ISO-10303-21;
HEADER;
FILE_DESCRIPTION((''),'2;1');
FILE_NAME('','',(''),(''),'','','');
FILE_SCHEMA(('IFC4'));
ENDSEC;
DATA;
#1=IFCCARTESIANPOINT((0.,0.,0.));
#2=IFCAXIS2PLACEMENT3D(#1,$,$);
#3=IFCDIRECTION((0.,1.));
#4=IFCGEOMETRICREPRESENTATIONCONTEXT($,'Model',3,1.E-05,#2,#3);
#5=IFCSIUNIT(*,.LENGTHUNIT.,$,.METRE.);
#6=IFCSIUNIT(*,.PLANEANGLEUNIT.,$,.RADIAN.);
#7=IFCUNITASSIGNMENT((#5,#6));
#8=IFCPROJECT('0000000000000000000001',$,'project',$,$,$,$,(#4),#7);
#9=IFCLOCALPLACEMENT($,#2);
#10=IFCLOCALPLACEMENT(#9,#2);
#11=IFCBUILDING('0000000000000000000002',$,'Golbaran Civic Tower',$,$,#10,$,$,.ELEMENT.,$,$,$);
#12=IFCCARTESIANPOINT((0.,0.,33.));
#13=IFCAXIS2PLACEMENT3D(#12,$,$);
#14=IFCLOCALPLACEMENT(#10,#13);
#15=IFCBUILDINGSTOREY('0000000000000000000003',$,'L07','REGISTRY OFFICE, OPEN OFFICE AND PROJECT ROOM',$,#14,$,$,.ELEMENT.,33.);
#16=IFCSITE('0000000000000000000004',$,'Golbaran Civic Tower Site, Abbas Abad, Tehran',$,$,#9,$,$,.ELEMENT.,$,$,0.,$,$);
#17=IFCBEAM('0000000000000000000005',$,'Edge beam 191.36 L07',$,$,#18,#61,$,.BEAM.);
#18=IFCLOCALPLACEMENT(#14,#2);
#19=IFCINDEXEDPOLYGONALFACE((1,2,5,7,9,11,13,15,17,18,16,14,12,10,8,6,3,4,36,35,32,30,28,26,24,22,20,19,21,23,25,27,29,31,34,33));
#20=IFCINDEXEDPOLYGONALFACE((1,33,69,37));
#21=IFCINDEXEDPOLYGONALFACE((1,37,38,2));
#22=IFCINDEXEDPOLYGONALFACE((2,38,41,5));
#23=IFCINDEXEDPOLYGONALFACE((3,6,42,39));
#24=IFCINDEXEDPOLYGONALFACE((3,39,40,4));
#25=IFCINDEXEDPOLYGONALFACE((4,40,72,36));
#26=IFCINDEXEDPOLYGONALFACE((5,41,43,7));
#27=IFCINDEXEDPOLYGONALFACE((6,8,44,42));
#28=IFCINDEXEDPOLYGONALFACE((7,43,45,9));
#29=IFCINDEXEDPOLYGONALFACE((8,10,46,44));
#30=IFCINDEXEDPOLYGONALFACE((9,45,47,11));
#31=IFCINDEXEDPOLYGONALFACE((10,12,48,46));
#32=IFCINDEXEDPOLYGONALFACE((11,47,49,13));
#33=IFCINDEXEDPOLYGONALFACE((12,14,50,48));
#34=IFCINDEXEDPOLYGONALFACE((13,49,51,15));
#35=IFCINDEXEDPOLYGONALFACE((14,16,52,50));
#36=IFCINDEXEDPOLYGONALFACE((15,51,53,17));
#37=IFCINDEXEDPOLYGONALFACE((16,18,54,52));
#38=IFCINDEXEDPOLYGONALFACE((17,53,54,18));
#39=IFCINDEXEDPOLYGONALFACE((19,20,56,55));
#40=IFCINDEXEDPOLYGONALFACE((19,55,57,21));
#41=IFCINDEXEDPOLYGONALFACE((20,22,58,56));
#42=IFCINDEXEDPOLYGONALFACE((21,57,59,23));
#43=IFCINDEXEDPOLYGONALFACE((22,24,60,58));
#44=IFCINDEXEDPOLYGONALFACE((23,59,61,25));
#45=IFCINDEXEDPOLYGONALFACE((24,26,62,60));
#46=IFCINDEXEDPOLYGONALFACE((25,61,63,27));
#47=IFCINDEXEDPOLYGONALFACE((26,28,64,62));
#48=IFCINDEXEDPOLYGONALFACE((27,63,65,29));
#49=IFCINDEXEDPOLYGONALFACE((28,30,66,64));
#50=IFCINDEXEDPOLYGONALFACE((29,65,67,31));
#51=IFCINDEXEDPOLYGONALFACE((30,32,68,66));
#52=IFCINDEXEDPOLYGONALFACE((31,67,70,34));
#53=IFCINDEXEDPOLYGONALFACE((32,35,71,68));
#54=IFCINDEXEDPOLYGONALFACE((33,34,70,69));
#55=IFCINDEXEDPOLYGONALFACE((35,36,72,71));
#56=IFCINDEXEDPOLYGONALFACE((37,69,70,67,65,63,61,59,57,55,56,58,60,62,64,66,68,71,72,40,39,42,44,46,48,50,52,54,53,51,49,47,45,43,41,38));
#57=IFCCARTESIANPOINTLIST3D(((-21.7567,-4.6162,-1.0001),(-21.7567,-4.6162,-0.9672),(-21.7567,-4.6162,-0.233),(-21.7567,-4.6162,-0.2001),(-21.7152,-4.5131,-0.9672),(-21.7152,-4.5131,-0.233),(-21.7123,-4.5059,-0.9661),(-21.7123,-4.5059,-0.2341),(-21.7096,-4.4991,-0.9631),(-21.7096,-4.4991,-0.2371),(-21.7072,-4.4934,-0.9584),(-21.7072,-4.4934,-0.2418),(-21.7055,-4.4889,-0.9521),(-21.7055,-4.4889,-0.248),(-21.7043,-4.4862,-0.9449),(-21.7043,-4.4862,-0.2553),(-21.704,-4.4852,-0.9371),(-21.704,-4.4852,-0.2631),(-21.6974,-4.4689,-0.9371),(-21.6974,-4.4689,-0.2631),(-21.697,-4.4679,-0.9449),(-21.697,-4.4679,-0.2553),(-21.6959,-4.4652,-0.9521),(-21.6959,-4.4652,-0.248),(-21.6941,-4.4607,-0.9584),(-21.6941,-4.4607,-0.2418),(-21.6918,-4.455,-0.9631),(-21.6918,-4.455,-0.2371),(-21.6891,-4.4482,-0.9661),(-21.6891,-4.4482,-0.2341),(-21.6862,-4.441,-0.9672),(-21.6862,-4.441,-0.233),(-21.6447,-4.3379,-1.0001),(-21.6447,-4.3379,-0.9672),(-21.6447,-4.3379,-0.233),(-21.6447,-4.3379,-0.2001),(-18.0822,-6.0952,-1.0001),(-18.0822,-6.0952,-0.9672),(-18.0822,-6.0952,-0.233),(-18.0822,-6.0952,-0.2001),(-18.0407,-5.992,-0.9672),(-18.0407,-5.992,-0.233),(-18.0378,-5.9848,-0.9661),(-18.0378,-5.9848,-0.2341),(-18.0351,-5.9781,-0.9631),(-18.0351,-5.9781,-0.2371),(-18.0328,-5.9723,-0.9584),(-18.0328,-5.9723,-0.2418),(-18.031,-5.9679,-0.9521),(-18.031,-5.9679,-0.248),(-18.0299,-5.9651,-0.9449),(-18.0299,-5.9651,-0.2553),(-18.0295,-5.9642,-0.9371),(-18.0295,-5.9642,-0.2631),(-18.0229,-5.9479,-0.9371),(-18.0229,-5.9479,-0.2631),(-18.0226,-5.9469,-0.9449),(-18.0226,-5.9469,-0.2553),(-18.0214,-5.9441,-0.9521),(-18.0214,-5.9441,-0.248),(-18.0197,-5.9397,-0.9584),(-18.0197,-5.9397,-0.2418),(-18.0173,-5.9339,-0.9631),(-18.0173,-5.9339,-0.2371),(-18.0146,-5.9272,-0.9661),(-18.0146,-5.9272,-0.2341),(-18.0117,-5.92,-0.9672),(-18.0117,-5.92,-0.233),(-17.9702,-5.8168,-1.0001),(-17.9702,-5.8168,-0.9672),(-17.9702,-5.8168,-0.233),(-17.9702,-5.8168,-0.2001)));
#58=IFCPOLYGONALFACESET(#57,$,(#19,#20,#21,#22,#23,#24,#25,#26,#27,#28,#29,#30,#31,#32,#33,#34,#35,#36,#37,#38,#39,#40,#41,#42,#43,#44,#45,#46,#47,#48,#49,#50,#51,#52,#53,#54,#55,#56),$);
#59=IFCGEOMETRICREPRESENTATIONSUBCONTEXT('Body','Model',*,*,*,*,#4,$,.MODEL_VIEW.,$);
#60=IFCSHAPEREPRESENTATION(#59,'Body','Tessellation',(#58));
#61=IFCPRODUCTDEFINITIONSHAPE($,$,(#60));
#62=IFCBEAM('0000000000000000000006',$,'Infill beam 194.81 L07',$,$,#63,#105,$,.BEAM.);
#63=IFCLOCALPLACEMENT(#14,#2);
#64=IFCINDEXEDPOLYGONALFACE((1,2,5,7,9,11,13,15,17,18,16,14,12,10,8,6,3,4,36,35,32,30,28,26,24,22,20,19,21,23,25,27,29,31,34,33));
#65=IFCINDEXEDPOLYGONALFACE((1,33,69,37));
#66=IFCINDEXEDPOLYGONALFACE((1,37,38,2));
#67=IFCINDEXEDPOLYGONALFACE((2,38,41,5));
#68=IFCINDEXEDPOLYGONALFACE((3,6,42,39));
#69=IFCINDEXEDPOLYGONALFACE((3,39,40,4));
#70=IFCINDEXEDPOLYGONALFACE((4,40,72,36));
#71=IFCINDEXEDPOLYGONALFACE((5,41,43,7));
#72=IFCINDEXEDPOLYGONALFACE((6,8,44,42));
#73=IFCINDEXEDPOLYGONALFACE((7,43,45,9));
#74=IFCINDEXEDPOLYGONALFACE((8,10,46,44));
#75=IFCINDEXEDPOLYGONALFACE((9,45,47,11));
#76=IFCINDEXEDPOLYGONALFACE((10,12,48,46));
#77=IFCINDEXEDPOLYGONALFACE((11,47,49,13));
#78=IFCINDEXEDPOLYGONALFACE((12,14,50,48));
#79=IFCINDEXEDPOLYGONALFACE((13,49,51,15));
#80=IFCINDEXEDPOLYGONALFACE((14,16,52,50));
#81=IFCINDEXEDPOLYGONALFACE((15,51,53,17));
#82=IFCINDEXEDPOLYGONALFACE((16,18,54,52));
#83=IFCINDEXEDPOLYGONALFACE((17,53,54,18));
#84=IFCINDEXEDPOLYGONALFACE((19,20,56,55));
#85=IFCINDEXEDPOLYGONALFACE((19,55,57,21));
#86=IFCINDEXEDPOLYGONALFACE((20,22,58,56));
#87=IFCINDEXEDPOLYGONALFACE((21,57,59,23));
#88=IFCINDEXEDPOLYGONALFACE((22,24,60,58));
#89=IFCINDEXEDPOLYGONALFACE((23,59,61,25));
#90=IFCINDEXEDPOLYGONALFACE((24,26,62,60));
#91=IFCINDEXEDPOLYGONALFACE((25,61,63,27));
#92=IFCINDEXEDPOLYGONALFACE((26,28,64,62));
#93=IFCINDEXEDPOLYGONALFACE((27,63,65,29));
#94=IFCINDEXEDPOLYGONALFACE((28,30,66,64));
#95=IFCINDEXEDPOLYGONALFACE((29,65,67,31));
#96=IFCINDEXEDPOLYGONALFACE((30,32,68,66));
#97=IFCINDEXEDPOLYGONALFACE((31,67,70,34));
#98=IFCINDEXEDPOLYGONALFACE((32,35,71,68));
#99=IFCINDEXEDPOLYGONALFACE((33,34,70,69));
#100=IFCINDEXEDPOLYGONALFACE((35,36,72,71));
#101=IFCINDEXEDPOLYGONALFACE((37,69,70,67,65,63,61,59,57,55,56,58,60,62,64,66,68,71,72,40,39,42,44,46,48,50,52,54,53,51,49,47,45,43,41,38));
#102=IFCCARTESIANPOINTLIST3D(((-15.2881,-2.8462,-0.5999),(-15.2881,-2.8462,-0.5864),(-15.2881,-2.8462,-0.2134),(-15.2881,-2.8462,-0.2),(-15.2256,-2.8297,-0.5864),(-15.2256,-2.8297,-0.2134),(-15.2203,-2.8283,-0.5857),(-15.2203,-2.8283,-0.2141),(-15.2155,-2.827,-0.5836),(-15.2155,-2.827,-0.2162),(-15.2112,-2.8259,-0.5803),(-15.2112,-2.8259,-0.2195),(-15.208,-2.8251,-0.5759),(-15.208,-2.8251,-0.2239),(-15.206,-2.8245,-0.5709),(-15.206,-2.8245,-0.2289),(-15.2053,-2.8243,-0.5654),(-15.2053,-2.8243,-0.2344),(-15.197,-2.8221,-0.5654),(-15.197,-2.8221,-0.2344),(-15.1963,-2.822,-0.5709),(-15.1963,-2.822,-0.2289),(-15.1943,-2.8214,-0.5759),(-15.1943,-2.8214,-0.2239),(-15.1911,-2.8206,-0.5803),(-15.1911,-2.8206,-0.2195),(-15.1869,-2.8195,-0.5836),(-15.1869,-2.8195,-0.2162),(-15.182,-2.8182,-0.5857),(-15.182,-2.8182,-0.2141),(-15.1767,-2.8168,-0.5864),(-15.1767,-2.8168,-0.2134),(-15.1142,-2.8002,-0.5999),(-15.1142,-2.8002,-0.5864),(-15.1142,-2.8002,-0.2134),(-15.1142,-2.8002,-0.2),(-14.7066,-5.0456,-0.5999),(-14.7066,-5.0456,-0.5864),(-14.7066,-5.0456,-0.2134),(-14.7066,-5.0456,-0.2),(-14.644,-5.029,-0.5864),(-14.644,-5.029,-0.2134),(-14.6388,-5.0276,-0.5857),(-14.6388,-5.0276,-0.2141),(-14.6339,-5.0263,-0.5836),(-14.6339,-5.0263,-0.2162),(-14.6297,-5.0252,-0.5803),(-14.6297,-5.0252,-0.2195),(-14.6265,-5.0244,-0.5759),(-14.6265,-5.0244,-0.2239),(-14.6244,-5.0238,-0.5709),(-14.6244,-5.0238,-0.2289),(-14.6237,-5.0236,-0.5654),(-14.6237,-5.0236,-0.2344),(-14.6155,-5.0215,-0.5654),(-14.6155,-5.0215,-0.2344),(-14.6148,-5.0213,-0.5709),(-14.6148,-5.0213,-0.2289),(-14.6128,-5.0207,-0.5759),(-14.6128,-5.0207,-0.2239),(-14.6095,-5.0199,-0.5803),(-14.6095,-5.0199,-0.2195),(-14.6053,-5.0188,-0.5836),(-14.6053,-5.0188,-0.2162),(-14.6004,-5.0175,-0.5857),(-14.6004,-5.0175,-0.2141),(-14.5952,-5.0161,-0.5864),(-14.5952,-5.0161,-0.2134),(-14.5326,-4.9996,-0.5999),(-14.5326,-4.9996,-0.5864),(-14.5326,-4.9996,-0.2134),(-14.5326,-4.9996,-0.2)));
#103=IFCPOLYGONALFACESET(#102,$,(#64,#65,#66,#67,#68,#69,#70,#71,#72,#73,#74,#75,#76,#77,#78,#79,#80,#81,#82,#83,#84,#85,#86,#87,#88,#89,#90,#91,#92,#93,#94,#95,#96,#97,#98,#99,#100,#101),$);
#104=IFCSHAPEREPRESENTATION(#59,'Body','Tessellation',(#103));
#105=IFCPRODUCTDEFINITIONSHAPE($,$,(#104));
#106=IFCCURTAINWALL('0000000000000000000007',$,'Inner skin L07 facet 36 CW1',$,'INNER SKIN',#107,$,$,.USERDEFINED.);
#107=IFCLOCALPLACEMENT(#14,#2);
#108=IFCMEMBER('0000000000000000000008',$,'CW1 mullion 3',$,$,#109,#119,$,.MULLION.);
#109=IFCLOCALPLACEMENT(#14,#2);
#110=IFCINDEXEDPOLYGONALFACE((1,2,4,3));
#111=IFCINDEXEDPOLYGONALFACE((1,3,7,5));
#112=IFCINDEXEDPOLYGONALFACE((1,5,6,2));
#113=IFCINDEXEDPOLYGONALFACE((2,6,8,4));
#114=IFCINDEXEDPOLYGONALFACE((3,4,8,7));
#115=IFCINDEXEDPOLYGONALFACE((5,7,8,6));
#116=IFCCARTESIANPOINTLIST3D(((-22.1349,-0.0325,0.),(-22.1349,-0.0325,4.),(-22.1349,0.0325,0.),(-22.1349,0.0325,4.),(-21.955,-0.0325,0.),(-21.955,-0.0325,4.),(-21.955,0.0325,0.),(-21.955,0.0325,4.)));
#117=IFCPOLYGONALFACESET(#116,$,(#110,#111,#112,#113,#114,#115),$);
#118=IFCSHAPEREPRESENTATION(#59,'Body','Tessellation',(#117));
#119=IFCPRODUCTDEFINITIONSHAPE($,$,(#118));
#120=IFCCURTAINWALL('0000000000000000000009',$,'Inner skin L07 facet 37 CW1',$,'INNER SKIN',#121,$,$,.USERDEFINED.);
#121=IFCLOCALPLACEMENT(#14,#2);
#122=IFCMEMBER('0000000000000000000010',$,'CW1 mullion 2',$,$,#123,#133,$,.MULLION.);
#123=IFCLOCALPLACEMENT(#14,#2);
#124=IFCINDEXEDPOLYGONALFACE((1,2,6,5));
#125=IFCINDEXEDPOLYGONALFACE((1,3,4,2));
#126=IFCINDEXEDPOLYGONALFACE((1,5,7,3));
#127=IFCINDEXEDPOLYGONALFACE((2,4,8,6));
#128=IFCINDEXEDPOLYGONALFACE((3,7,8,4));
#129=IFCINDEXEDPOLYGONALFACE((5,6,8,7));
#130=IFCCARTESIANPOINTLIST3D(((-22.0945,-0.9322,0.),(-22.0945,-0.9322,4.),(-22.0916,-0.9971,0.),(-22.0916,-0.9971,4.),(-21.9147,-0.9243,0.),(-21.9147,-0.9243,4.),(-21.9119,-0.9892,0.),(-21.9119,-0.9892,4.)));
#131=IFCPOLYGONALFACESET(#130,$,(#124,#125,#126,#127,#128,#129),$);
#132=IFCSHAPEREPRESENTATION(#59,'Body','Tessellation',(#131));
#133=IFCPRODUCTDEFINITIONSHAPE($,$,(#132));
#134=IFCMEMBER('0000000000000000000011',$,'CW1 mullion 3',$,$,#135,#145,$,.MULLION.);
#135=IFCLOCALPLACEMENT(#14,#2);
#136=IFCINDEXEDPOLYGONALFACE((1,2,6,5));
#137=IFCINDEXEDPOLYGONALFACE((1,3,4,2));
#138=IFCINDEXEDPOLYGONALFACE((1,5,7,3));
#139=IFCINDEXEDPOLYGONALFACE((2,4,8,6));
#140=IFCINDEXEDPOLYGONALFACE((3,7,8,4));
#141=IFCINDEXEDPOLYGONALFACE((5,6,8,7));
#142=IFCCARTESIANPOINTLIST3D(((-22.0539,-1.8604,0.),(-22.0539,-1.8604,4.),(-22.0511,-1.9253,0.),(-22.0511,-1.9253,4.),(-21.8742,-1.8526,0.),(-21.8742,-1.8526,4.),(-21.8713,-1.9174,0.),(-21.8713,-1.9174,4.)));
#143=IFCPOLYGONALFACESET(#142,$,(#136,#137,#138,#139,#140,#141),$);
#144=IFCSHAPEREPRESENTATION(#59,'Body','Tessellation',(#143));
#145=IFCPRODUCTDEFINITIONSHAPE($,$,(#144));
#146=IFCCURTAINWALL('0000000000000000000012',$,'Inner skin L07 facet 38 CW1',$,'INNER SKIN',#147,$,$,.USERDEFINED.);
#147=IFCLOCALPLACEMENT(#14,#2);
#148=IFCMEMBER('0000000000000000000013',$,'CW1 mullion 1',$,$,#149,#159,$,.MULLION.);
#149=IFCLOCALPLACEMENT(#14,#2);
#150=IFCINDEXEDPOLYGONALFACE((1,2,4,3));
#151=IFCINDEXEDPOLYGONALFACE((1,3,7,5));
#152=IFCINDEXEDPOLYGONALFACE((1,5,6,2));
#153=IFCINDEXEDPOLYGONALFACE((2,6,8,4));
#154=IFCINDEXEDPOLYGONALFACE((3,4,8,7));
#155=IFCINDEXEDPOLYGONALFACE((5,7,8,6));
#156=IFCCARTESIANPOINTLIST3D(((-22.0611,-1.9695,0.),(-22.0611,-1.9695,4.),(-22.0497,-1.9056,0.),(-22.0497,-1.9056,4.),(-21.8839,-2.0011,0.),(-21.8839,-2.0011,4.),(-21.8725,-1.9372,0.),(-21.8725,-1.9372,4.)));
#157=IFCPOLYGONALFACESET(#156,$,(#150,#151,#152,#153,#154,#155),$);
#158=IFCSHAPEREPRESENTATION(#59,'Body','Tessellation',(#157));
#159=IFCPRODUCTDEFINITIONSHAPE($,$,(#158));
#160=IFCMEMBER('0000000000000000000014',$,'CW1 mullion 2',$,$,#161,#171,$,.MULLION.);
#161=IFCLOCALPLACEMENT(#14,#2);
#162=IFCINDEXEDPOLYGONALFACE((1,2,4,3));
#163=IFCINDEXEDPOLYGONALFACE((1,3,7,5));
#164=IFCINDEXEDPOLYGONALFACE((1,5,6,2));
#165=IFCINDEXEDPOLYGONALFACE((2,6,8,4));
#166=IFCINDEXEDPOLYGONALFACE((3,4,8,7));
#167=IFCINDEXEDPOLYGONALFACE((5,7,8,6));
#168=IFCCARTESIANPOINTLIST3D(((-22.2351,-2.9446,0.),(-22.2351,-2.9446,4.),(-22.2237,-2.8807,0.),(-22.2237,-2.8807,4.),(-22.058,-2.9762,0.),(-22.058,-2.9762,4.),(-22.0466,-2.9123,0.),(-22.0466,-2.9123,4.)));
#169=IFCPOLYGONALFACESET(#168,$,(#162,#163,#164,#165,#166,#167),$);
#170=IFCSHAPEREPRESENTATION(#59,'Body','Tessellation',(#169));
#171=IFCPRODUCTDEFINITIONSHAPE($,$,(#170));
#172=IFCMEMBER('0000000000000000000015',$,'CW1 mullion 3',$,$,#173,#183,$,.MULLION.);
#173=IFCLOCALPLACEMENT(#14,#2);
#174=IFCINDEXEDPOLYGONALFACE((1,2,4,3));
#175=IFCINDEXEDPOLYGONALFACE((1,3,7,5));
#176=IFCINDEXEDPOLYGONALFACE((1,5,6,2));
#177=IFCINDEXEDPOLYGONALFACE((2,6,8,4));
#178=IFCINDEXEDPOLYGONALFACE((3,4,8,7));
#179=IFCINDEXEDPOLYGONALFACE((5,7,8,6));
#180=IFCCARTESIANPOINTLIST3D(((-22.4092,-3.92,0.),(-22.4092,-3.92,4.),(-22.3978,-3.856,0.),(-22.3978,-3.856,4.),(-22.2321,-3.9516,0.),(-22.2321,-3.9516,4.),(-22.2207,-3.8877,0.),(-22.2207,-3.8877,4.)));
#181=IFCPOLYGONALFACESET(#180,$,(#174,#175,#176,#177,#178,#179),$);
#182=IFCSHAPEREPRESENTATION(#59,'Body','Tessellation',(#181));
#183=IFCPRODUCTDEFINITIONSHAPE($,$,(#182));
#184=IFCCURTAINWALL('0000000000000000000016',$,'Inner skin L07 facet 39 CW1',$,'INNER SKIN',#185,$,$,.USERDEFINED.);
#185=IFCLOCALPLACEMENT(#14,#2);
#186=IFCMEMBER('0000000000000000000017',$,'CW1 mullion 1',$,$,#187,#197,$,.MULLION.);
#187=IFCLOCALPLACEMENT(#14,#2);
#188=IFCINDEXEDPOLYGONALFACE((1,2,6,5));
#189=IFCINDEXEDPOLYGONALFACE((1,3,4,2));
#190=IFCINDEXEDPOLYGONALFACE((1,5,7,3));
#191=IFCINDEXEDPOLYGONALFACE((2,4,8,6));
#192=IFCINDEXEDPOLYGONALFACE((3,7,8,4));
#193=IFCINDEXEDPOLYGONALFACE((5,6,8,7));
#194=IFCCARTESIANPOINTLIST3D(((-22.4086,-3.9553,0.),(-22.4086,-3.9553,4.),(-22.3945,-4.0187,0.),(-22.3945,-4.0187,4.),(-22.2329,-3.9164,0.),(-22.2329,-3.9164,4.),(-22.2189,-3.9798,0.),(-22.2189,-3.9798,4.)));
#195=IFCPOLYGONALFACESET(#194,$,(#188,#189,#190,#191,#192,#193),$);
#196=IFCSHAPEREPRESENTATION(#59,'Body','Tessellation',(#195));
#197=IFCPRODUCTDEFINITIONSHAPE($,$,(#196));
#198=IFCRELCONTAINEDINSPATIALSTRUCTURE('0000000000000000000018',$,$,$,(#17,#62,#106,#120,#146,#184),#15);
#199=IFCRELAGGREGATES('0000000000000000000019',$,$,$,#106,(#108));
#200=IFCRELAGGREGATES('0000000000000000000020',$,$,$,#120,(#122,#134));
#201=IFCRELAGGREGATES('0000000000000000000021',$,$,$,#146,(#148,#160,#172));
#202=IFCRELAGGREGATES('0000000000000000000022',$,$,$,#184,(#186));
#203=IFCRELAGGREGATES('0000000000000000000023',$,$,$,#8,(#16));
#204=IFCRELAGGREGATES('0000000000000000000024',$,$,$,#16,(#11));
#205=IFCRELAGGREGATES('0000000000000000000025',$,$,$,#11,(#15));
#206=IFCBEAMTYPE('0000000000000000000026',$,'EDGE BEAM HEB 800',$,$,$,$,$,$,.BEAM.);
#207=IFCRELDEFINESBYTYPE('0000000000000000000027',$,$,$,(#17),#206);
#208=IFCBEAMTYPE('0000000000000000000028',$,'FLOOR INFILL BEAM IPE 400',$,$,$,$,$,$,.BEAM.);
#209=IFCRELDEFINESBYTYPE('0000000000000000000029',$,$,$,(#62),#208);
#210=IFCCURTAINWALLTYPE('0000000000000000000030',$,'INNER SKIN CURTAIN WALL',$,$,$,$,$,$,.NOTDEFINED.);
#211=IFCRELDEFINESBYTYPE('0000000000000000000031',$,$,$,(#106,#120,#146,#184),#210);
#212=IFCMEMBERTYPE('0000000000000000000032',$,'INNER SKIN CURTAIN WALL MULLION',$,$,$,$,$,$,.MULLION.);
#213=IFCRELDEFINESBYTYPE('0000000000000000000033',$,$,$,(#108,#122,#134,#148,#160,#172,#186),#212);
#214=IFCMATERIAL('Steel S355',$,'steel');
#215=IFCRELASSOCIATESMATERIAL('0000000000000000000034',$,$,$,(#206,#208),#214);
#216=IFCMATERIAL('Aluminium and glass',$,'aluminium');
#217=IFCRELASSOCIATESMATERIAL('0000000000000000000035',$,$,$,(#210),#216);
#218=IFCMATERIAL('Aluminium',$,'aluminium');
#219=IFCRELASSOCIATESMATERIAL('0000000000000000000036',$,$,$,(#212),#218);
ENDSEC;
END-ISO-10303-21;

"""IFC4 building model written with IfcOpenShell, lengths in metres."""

from ifc_helpers import new_model, si_unit, direction, frame, origin, origin_2d, place, context, subcontext, project, spatial, rectangle, i_section, extrude, material, material_profile, profile_set, type_object, element, aggregate, save


model = new_model("IFC4")

# Units and contexts
model_context = context("Model", 3, precision=1e-05, world=origin(), true_north=direction((0.0, 1.0)))
body_context = subcontext(model_context, "Body", "Model", "MODEL_VIEW")
ifc_project = project(units=[si_unit("LENGTHUNIT", "METRE"), si_unit("PLANEANGLEUNIT", "RADIAN")], contexts=[model_context])

# Site, building, storey
site_placement = place(None, origin())
site = spatial("IfcSite", under=ifc_project, at=site_placement, Name="Golbaran Civic Tower Site, Abbas Abad, Tehran", CompositionType="ELEMENT", RefElevation=0.0)
building_placement = place(site_placement, origin())
building = spatial("IfcBuilding", under=site, at=building_placement, Name="Golbaran Civic Tower", CompositionType="ELEMENT")
storey_placement = place(building_placement, frame((0.0, 0.0, 33.0)))
storey = spatial("IfcBuildingStorey", under=building, at=storey_placement, Name="L07", Description="REGISTRY OFFICE, OPEN OFFICE AND PROJECT ROOM", CompositionType="ELEMENT", Elevation=33.0)

# Beams
ifc_material_1 = material(Name="Steel S355", Category="steel")
ifc_material_profile_1 = material_profile(ifc_material_1, i_section(OverallWidth=0.3, OverallDepth=0.8, WebThickness=0.0176, FlangeThickness=0.033, FilletRadius=0.03, at=origin_2d()), Name="HEB 800")
ifc_profile_set_1 = profile_set([ifc_material_profile_1], Name="Steel S355")
beam_type_1 = type_object("IfcBeamType", Name="EDGE BEAM HEB 800", PredefinedType="BEAM", material=ifc_profile_set_1)
beam_1_placement = place(storey_placement, frame((-21.7007, -4.4771, -0.6001), z_axis=(0.927675, -0.373388, 0.0), x_axis=(0.373388, 0.927675, 0.0)))
element("IfcBeam", 1, at=beam_1_placement, inside=storey, type_object=beam_type_1, Name="Edge beam 191.36 L07", PredefinedType="BEAM", context=body_context, shape_type="SweptSolid", body=[
    extrude(i_section(OverallWidth=0.3, OverallDepth=0.8, WebThickness=0.0176, FlangeThickness=0.033, FilletRadius=0.03, at=origin_2d()), origin(), (0.0, 0.0, 1.0), 3.9609),
])
ifc_material_profile_2 = material_profile(ifc_material_1, i_section(OverallWidth=0.1799, OverallDepth=0.3999, WebThickness=0.0085, FlangeThickness=0.0134, FilletRadius=0.021, at=origin_2d()), Name="IPE 400")
ifc_profile_set_2 = profile_set([ifc_material_profile_2], Name="Steel S355")
beam_type_2 = type_object("IfcBeamType", Name="FLOOR INFILL BEAM IPE 400", PredefinedType="BEAM", material=ifc_profile_set_2)
beam_2_placement = place(storey_placement, frame((-15.2012, -2.8232, -0.3999), z_axis=(0.255645, -0.966771, 0.0), x_axis=(0.966771, 0.255645, 0.0)))
element("IfcBeam", 2, at=beam_2_placement, inside=storey, type_object=beam_type_2, Name="Infill beam 194.81 L07", PredefinedType="BEAM", context=body_context, shape_type="SweptSolid", body=[
    extrude(i_section(OverallWidth=0.1799, OverallDepth=0.3999, WebThickness=0.0085, FlangeThickness=0.0134, FilletRadius=0.021, at=origin_2d()), origin(), (0.0, 0.0, 1.0), 2.2749),
])

# Curtain wall, member
ifc_material_2 = material(Name="Aluminium and glass", Category="aluminium")
curtain_wall_type = type_object("IfcCurtainWallType", Name="INNER SKIN CURTAIN WALL", PredefinedType="NOTDEFINED", material=ifc_material_2)
curtain_wall_1_placement = place(storey_placement, origin())
curtain_wall_1 = element("IfcCurtainWall", 3, at=curtain_wall_1_placement, inside=storey, type_object=curtain_wall_type, Name="Inner skin L07 facet 36 CW1", ObjectType="INNER SKIN", PredefinedType="USERDEFINED")
ifc_material_3 = material(Name="Aluminium", Category="aluminium")
ifc_material_profile_3 = material_profile(ifc_material_3, rectangle(XDim=0.1799, YDim=0.0649, at=origin_2d()), Name="INNER SKIN CURTAIN WALL MULLION")
ifc_profile_set_3 = profile_set([ifc_material_profile_3], Name="Aluminium")
member_type_1 = type_object("IfcMemberType", Name="INNER SKIN CURTAIN WALL MULLION", PredefinedType="MULLION", material=ifc_profile_set_3)
member_1_placement = place(storey_placement, frame((-22.0449, 0.0, 0.0), z_axis=(0.0, 0.0, 1.0), x_axis=(1.0, 0.0, 0.0)))
member_1 = element("IfcMember", 4, at=member_1_placement, type_object=member_type_1, Name="CW1 mullion 3", PredefinedType="MULLION", context=body_context, shape_type="SweptSolid", body=[
    extrude(rectangle(XDim=0.1799, YDim=0.0649, at=origin_2d()), origin(), (0.0, 0.0, 1.0), 4.0),
])
aggregate(curtain_wall_1, [member_1])

# Curtain walls, members
curtain_wall_2_placement = place(storey_placement, origin())
curtain_wall_2 = element("IfcCurtainWall", 5, at=curtain_wall_2_placement, inside=storey, type_object=curtain_wall_type, Name="Inner skin L07 facet 37 CW1", ObjectType="INNER SKIN", PredefinedType="USERDEFINED")
member_2_placement = place(storey_placement, frame((-22.0032, -0.9607, 0.0), z_axis=(0.0, 0.0, 1.0), x_axis=(0.999048, 0.043619, 0.0)))
member_2 = element("IfcMember", 6, at=member_2_placement, type_object=member_type_1, Name="CW1 mullion 2", PredefinedType="MULLION", context=body_context, shape_type="SweptSolid", body=[
    extrude(rectangle(XDim=0.1799, YDim=0.0649, at=origin_2d()), origin(), (0.0, 0.0, 1.0), 4.0),
])
member_3_placement = place(storey_placement, frame((-21.9626, -1.8889, 0.0), z_axis=(0.0, 0.0, 1.0), x_axis=(0.999048, 0.043619, 0.0)))
member_3 = element("IfcMember", 7, at=member_3_placement, type_object=member_type_1, Name="CW1 mullion 3", PredefinedType="MULLION", context=body_context, shape_type="SweptSolid", body=[
    extrude(rectangle(XDim=0.1799, YDim=0.0649, at=origin_2d()), origin(), (0.0, 0.0, 1.0), 4.0),
])
curtain_wall_3_placement = place(storey_placement, origin())
curtain_wall_3 = element("IfcCurtainWall", 8, at=curtain_wall_3_placement, inside=storey, type_object=curtain_wall_type, Name="Inner skin L07 facet 38 CW1", ObjectType="INNER SKIN", PredefinedType="USERDEFINED")
member_4_placement = place(storey_placement, frame((-21.9668, -1.9534, 0.0), z_axis=(0.0, 0.0, 1.0), x_axis=(0.984441, -0.175717, 0.0)))
member_4 = element("IfcMember", 9, at=member_4_placement, type_object=member_type_1, Name="CW1 mullion 1", PredefinedType="MULLION", context=body_context, shape_type="SweptSolid", body=[
    extrude(rectangle(XDim=0.1799, YDim=0.0649, at=origin_2d()), origin(), (0.0, 0.0, 1.0), 4.0),
])
member_5_placement = place(storey_placement, frame((-22.1409, -2.9285, 0.0), z_axis=(0.0, 0.0, 1.0), x_axis=(0.984441, -0.175717, 0.0)))
member_5 = element("IfcMember", 10, at=member_5_placement, type_object=member_type_1, Name="CW1 mullion 2", PredefinedType="MULLION", context=body_context, shape_type="SweptSolid", body=[
    extrude(rectangle(XDim=0.1799, YDim=0.0649, at=origin_2d()), origin(), (0.0, 0.0, 1.0), 4.0),
])
member_6_placement = place(storey_placement, frame((-22.3149, -3.9038, 0.0), z_axis=(0.0, 0.0, 1.0), x_axis=(0.984441, -0.175717, 0.0)))
member_6 = element("IfcMember", 11, at=member_6_placement, type_object=member_type_1, Name="CW1 mullion 3", PredefinedType="MULLION", context=body_context, shape_type="SweptSolid", body=[
    extrude(rectangle(XDim=0.1799, YDim=0.0649, at=origin_2d()), origin(), (0.0, 0.0, 1.0), 4.0),
])
curtain_wall_4_placement = place(storey_placement, origin())
curtain_wall_4 = element("IfcCurtainWall", 12, at=curtain_wall_4_placement, inside=storey, type_object=curtain_wall_type, Name="Inner skin L07 facet 39 CW1", ObjectType="INNER SKIN", PredefinedType="USERDEFINED")
member_7_placement = place(storey_placement, frame((-22.3137, -3.9675, 0.0), z_axis=(0.0, 0.0, 1.0), x_axis=(0.976296, 0.21644, 0.0)))
member_7 = element("IfcMember", 13, at=member_7_placement, type_object=member_type_1, Name="CW1 mullion 1", PredefinedType="MULLION", context=body_context, shape_type="SweptSolid", body=[
    extrude(rectangle(XDim=0.1799, YDim=0.0649, at=origin_2d()), origin(), (0.0, 0.0, 1.0), 4.0),
])

aggregate(curtain_wall_2, [member_2, member_3])
aggregate(curtain_wall_3, [member_4, member_5, member_6])
aggregate(curtain_wall_4, [member_7])

save(model, "model.ifc")
